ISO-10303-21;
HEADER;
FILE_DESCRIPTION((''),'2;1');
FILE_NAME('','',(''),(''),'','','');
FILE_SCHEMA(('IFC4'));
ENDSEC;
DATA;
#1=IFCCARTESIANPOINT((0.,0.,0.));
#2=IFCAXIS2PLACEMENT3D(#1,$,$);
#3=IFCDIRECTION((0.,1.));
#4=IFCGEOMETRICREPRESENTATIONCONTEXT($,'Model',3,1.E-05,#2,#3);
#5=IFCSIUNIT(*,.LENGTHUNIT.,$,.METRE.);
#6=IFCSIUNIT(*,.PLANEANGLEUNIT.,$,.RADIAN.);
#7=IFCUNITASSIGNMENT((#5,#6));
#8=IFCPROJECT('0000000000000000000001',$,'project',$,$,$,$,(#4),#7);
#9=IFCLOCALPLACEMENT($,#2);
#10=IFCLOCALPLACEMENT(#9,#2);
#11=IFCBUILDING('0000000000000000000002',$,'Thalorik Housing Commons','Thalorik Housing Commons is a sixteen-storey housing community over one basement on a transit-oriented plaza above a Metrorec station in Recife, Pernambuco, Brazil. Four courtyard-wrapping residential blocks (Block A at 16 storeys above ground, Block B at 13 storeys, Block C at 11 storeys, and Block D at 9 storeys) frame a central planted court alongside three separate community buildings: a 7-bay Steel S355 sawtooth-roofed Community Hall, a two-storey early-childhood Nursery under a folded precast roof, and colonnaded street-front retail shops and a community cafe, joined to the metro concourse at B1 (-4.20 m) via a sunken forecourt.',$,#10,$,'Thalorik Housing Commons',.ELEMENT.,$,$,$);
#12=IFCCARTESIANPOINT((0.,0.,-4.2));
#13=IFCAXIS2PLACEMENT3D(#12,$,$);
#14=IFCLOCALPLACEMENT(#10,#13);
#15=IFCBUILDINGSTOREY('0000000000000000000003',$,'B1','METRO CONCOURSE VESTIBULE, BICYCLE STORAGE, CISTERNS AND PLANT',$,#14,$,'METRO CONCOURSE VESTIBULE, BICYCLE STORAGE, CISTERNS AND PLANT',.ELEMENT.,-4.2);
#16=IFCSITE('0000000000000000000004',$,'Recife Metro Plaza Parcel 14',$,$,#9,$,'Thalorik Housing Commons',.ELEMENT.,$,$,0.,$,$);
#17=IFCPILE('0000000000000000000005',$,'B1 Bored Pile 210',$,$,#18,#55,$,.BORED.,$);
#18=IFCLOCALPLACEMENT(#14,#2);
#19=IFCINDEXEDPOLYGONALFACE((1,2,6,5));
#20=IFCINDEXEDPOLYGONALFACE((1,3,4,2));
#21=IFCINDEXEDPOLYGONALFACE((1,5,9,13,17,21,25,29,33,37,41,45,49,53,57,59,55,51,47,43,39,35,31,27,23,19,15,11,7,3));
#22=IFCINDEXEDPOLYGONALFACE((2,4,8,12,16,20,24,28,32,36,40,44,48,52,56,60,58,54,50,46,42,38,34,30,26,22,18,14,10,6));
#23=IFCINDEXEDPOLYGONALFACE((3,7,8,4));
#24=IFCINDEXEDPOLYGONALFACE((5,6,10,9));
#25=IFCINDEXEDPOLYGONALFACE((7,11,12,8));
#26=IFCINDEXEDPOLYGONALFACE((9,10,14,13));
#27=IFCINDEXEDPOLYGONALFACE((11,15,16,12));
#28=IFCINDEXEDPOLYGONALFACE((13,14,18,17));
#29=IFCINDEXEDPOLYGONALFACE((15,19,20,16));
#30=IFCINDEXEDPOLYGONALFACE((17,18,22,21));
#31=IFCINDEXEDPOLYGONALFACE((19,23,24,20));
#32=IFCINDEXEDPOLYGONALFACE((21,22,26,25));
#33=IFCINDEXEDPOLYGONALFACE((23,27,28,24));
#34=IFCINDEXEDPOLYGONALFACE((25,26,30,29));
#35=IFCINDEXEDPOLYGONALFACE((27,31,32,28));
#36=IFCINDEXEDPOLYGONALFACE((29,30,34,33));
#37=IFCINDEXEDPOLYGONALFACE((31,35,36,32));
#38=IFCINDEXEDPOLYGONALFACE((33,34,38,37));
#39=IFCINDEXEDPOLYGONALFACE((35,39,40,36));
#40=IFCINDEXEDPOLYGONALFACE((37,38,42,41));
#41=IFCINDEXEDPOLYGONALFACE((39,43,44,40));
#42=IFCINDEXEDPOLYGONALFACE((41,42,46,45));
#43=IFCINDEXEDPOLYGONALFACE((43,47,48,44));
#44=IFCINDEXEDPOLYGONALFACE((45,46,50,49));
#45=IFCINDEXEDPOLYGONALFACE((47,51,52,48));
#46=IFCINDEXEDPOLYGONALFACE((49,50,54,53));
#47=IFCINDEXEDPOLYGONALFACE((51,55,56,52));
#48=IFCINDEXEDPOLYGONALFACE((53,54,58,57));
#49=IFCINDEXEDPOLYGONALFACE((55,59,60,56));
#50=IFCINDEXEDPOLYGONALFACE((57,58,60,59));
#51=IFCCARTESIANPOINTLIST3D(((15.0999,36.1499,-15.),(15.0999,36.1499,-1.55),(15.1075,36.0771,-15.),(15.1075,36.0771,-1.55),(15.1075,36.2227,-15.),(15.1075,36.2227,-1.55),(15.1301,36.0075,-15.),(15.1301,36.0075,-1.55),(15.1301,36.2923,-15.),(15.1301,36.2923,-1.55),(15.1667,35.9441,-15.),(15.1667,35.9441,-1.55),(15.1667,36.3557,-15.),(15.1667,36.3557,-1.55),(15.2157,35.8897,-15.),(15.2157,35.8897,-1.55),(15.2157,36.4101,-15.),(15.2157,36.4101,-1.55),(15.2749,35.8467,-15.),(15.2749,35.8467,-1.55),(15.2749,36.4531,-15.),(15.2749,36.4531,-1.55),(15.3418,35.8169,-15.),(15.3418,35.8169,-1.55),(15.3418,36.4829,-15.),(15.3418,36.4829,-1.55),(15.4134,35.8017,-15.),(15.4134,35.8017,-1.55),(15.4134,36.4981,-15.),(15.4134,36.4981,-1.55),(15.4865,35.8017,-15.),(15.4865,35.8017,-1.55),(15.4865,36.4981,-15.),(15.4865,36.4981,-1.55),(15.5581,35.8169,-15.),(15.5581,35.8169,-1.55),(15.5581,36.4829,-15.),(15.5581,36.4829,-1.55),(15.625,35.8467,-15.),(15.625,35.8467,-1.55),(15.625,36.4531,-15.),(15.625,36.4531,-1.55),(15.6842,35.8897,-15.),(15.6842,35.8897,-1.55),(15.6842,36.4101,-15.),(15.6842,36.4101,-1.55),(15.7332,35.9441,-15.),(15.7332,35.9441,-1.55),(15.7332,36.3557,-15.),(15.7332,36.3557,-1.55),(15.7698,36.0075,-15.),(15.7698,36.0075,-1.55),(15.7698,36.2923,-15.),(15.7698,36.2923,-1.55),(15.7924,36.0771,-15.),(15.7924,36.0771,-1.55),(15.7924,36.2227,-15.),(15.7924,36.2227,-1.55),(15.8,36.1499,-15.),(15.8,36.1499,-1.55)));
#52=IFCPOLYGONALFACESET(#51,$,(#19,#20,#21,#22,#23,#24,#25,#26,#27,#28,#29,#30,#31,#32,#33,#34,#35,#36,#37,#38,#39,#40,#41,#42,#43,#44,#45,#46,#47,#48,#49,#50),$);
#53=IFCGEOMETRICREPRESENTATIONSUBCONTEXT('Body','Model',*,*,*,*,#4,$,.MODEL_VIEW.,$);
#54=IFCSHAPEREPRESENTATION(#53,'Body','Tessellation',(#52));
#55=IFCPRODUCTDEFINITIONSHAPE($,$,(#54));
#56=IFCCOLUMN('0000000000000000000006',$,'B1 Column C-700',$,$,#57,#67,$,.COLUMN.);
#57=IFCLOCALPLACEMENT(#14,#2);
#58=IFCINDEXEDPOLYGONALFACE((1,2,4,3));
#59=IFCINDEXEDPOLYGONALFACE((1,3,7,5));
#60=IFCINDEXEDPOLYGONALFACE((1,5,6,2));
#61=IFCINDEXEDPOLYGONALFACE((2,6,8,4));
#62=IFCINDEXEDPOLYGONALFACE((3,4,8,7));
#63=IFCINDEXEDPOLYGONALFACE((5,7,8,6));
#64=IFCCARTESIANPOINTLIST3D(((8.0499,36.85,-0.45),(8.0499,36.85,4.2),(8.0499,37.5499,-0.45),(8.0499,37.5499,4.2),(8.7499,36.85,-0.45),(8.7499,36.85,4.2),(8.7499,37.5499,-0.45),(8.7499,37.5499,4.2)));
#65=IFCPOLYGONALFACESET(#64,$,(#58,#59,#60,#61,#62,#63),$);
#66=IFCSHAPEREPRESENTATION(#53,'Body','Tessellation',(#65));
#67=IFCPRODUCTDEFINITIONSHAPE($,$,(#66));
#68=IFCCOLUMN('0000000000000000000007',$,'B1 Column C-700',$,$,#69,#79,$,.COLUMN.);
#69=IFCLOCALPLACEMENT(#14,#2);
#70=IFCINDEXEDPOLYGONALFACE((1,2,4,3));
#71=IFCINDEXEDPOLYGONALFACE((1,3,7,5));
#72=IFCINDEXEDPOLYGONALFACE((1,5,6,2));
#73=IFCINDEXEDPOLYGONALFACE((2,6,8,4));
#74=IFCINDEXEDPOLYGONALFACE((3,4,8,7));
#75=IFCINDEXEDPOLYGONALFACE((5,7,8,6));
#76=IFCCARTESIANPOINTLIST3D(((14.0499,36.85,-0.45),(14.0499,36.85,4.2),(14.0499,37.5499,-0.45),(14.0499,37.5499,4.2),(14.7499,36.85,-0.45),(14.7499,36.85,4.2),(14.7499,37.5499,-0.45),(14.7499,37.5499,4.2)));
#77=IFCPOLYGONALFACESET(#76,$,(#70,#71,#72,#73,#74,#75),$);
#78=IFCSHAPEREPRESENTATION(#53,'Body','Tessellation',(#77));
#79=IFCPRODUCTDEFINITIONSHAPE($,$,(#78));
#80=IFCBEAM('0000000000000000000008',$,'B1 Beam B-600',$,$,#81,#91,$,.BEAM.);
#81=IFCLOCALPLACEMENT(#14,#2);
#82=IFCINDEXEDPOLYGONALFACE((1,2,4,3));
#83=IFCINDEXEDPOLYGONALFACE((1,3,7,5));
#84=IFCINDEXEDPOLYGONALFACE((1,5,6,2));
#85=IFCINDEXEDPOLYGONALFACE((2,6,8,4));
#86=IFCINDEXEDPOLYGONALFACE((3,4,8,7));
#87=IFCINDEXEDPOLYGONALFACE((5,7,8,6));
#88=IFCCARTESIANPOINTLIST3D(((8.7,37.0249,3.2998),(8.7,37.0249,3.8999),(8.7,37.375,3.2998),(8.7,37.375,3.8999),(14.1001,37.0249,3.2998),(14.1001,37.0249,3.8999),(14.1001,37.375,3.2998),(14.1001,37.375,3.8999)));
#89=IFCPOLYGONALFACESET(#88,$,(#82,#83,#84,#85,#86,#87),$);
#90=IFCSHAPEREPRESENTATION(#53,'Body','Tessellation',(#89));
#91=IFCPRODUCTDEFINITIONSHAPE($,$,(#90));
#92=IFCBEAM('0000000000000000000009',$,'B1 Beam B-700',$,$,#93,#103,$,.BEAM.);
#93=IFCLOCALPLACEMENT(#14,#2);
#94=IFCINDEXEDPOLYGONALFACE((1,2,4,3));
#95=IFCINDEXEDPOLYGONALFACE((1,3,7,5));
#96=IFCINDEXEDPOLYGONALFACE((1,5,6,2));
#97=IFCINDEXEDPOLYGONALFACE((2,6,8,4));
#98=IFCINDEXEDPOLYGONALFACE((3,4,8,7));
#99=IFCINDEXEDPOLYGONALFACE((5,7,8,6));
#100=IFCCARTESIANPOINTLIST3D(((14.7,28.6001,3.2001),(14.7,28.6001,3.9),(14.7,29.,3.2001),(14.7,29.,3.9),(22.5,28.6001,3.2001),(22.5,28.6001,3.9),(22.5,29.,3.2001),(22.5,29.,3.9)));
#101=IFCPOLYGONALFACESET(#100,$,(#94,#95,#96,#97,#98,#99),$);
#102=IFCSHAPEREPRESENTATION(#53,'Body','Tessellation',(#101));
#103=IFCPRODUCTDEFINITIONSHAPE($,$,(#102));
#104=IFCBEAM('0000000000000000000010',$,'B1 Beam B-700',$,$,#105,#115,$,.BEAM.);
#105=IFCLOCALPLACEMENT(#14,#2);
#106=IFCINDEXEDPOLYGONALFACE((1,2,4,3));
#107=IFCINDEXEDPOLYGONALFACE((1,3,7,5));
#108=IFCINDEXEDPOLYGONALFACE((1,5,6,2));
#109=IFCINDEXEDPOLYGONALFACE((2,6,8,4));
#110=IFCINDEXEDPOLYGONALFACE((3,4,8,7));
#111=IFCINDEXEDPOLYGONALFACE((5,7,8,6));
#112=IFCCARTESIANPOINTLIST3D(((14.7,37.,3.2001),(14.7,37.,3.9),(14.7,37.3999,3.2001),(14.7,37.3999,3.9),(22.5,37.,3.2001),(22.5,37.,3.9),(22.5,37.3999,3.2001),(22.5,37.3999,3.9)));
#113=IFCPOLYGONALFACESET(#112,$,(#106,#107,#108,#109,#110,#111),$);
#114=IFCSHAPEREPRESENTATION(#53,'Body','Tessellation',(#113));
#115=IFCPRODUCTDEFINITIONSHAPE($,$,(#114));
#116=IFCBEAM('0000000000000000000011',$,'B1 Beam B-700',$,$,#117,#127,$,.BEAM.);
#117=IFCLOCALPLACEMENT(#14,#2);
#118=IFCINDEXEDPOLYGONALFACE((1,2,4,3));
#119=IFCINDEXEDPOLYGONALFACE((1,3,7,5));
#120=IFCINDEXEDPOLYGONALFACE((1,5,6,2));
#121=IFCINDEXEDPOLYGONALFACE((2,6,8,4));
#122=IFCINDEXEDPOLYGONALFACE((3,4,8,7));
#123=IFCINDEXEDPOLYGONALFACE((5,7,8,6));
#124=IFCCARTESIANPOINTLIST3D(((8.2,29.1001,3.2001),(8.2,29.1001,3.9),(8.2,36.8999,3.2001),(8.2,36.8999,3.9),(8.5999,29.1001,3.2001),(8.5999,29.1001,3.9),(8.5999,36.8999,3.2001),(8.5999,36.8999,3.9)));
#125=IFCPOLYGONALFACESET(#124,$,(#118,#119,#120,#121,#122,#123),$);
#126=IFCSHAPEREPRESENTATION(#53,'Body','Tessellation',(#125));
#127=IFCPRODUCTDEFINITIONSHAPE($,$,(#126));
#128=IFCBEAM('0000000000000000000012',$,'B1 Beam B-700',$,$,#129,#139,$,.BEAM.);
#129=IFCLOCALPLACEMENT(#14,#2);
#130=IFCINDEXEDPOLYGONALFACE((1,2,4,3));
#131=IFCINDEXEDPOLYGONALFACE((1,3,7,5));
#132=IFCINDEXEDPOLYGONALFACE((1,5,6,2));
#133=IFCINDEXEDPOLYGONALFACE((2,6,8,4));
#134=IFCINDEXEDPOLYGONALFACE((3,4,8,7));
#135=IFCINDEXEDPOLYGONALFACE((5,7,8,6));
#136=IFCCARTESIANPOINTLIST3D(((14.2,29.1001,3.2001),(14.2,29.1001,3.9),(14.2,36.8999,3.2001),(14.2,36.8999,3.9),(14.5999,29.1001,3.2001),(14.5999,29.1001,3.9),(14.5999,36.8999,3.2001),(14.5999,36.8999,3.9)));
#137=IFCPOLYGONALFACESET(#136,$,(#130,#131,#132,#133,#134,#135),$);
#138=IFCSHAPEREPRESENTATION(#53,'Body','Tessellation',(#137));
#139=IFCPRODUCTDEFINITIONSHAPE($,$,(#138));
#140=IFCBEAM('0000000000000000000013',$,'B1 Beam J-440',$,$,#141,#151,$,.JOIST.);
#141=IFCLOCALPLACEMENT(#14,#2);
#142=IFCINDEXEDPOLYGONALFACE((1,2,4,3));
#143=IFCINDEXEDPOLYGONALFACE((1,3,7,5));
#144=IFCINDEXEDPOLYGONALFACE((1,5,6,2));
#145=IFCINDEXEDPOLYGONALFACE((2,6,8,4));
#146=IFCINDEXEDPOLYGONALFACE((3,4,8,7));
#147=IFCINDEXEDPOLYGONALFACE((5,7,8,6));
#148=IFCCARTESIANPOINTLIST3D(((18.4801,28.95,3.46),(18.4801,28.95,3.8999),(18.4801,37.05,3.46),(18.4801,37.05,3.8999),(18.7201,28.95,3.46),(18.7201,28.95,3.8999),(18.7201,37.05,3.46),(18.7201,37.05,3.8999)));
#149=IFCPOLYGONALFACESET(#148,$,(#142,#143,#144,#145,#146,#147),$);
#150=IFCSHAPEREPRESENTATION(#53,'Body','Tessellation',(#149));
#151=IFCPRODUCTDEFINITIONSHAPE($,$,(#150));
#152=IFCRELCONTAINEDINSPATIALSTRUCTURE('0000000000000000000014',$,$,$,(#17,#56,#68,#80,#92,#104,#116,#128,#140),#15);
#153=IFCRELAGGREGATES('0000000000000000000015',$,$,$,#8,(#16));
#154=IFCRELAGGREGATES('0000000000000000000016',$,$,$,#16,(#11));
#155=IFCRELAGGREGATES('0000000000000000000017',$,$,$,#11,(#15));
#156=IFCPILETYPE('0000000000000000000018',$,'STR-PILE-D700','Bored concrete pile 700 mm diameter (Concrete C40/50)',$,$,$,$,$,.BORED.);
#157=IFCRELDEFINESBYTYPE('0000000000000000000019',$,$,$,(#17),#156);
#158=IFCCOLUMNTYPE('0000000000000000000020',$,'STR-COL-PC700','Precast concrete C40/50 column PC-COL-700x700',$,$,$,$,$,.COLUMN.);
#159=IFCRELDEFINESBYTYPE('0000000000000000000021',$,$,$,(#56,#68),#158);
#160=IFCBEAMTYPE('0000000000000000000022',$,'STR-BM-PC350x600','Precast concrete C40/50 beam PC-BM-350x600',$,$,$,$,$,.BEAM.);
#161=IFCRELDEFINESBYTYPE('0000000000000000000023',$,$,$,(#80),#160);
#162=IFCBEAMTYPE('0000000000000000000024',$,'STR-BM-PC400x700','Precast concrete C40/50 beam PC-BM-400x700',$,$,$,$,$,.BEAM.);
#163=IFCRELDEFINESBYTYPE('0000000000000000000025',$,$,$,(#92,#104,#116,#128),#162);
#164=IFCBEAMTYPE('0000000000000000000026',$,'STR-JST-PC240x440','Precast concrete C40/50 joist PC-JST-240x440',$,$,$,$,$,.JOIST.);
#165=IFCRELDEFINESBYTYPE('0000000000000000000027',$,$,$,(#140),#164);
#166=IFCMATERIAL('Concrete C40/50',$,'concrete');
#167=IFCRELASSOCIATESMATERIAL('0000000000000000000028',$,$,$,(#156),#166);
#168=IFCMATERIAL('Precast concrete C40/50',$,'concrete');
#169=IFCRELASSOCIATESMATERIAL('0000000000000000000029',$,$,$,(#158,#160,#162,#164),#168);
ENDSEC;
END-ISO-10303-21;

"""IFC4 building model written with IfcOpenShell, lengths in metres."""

from ifc_helpers import new_model, si_unit, direction, frame, origin, origin_2d, place, context, subcontext, project, spatial, rectangle, circle, extrude, material, material_profile, profile_set, type_object, element, save


model = new_model("IFC4")

# Units and contexts
model_context = context("Model", 3, precision=1e-05, world=origin(), true_north=direction((0.0, 1.0)))
body_context = subcontext(model_context, "Body", "Model", "MODEL_VIEW")
ifc_project = project(units=[si_unit("LENGTHUNIT", "METRE"), si_unit("PLANEANGLEUNIT", "RADIAN")], contexts=[model_context])

# Site, building, storey
site_placement = place(None, origin())
site = spatial("IfcSite", under=ifc_project, at=site_placement, Name="Recife Metro Plaza Parcel 14", LongName="Thalorik Housing Commons", CompositionType="ELEMENT", RefElevation=0.0)
building_placement = place(site_placement, origin())
building = spatial("IfcBuilding", under=site, at=building_placement, Name="Thalorik Housing Commons", Description="Thalorik Housing Commons is a sixteen-storey housing community over one basement on a transit-oriented plaza above a Metrorec station in Recife, Pernambuco, Brazil. Four courtyard-wrapping residential blocks (Block A at 16 storeys above ground, Block B at 13 storeys, Block C at 11 storeys, and Block D at 9 storeys) frame a central planted court alongside three separate community buildings: a 7-bay Steel S355 sawtooth-roofed Community Hall, a two-storey early-childhood Nursery under a folded precast roof, and colonnaded street-front retail shops and a community cafe, joined to the metro concourse at B1 (-4.20 m) via a sunken forecourt.", LongName="Thalorik Housing Commons", CompositionType="ELEMENT")
storey_placement = place(building_placement, frame((0.0, 0.0, -4.2)))
storey = spatial("IfcBuildingStorey", under=building, at=storey_placement, Name="B1", Description="METRO CONCOURSE VESTIBULE, BICYCLE STORAGE, CISTERNS AND PLANT", LongName="METRO CONCOURSE VESTIBULE, BICYCLE STORAGE, CISTERNS AND PLANT", CompositionType="ELEMENT", Elevation=-4.2)

# Shared definitions
ifc_material_1 = material(Name="Concrete C40/50", Category="concrete")

# Pile
ifc_material_profile_1 = material_profile(ifc_material_1, circle(Radius=0.3501, at=origin_2d()), Name="BORED PILE D700", Category="concrete")
ifc_profile_set_1 = profile_set([ifc_material_profile_1], Name="Concrete C40/50")
pile_type = type_object("IfcPileType", Name="STR-PILE-D700", Description="Bored concrete pile 700 mm diameter (Concrete C40/50)", PredefinedType="BORED", material=ifc_profile_set_1)
for number, where, z_axis, x_axis, name in (
    (1, (15.45, 36.1499, -1.55), (0.0, 0.0, -1.0), (1.0, 0.0, 0.0), "B1 Bored Pile 210"),
):
    element("IfcPile", number, at=place(storey_placement, frame(where, z_axis=z_axis, x_axis=x_axis)), inside=storey, type_object=pile_type, Name=name, PredefinedType="BORED", context=body_context, shape_type="SweptSolid", body=[
        extrude(circle(Radius=0.3501, at=origin_2d()), origin(), (0.0, 0.0, 1.0), 13.45),
    ])

# Columns
ifc_material_2 = material(Name="Precast concrete C40/50", Category="concrete")
ifc_material_profile_2 = material_profile(ifc_material_2, rectangle(XDim=0.7, YDim=0.7, at=origin_2d()), Name="PC 700x700", Category="concrete")
ifc_profile_set_2 = profile_set([ifc_material_profile_2], Name="Precast concrete C40/50")
column_type = type_object("IfcColumnType", Name="STR-COL-PC700", Description="Precast concrete C40/50 column PC-COL-700x700", PredefinedType="COLUMN", material=ifc_profile_set_2)
for number, where, z_axis, x_axis, name in (
    (2, (8.3999, 37.2, -0.45), (0.0, 0.0, 1.0), (1.0, 0.0, 0.0), "B1 Column C-700"),
    (3, (14.3999, 37.2, -0.45), (0.0, 0.0, 1.0), (1.0, 0.0, 0.0), "B1 Column C-700"),
):
    element("IfcColumn", number, at=place(storey_placement, frame(where, z_axis=z_axis, x_axis=x_axis)), inside=storey, type_object=column_type, Name=name, PredefinedType="COLUMN", context=body_context, shape_type="SweptSolid", body=[
        extrude(rectangle(XDim=0.7, YDim=0.7, at=origin_2d()), origin(), (0.0, 0.0, 1.0), 4.6499),
    ])

# Beams
ifc_material_profile_3 = material_profile(ifc_material_2, rectangle(XDim=0.3501, YDim=0.6001, at=origin_2d()), Name="PC 350x600", Category="concrete")
ifc_profile_set_3 = profile_set([ifc_material_profile_3], Name="Precast concrete C40/50")
beam_type_1 = type_object("IfcBeamType", Name="STR-BM-PC350x600", Description="Precast concrete C40/50 beam PC-BM-350x600", PredefinedType="BEAM", material=ifc_profile_set_3)
beam_1_placement = place(storey_placement, frame((8.7, 37.2, 3.5999), z_axis=(1.0, 0.0, 0.0), x_axis=(0.0, 1.0, 0.0)))
element("IfcBeam", 4, at=beam_1_placement, inside=storey, type_object=beam_type_1, Name="B1 Beam B-600", PredefinedType="BEAM", context=body_context, shape_type="SweptSolid", body=[
    extrude(rectangle(XDim=0.3501, YDim=0.6001, at=origin_2d()), origin(), (0.0, 0.0, 1.0), 5.4001),
])
ifc_material_profile_4 = material_profile(ifc_material_2, rectangle(XDim=0.3999, YDim=0.7, at=origin_2d()), Name="PC 400x700", Category="concrete")
ifc_profile_set_4 = profile_set([ifc_material_profile_4], Name="Precast concrete C40/50")
beam_type_2 = type_object("IfcBeamType", Name="STR-BM-PC400x700", Description="Precast concrete C40/50 beam PC-BM-400x700", PredefinedType="BEAM", material=ifc_profile_set_4)
for number, where, z_axis, x_axis, name in (
    (5, (14.7, 28.8, 3.55), (1.0, 0.0, 0.0), (0.0, 1.0, 0.0), "B1 Beam B-700"),
    (6, (14.7, 37.2, 3.55), (1.0, 0.0, 0.0), (0.0, 1.0, 0.0), "B1 Beam B-700"),
):
    element("IfcBeam", number, at=place(storey_placement, frame(where, z_axis=z_axis, x_axis=x_axis)), inside=storey, type_object=beam_type_2, Name=name, PredefinedType="BEAM", context=body_context, shape_type="SweptSolid", body=[
        extrude(rectangle(XDim=0.3999, YDim=0.7, at=origin_2d()), origin(), (0.0, 0.0, 1.0), 7.8),
    ])
for number, where, z_axis, x_axis, name in (
    (7, (8.3999, 29.1001, 3.55), (0.0, 1.0, 0.0), (-1.0, 0.0, 0.0), "B1 Beam B-700"),
    (8, (14.3999, 29.1001, 3.55), (0.0, 1.0, 0.0), (-1.0, 0.0, 0.0), "B1 Beam B-700"),
):
    element("IfcBeam", number, at=place(storey_placement, frame(where, z_axis=z_axis, x_axis=x_axis)), inside=storey, type_object=beam_type_2, Name=name, PredefinedType="BEAM", context=body_context, shape_type="SweptSolid", body=[
        extrude(rectangle(XDim=0.3999, YDim=0.7, at=origin_2d()), origin(), (0.0, 0.0, 1.0), 7.7998),
    ])
ifc_material_profile_5 = material_profile(ifc_material_2, rectangle(XDim=0.24, YDim=0.4399, at=origin_2d()), Name="PC JST 240x440", Category="concrete")
ifc_profile_set_5 = profile_set([ifc_material_profile_5], Name="Precast concrete C40/50")
beam_type_3 = type_object("IfcBeamType", Name="STR-JST-PC240x440", Description="Precast concrete C40/50 joist PC-JST-240x440", PredefinedType="JOIST", material=ifc_profile_set_5)
beam_2_placement = place(storey_placement, frame((18.6001, 28.95, 3.6799), z_axis=(0.0, 1.0, 0.0), x_axis=(-1.0, 0.0, 0.0)))
element("IfcBeam", 9, at=beam_2_placement, inside=storey, type_object=beam_type_3, Name="B1 Beam J-440", PredefinedType="JOIST", context=body_context, shape_type="SweptSolid", body=[
    extrude(rectangle(XDim=0.24, YDim=0.4399, at=origin_2d()), origin(), (0.0, 0.0, 1.0), 8.1001),
])

save(model, "model.ifc")
